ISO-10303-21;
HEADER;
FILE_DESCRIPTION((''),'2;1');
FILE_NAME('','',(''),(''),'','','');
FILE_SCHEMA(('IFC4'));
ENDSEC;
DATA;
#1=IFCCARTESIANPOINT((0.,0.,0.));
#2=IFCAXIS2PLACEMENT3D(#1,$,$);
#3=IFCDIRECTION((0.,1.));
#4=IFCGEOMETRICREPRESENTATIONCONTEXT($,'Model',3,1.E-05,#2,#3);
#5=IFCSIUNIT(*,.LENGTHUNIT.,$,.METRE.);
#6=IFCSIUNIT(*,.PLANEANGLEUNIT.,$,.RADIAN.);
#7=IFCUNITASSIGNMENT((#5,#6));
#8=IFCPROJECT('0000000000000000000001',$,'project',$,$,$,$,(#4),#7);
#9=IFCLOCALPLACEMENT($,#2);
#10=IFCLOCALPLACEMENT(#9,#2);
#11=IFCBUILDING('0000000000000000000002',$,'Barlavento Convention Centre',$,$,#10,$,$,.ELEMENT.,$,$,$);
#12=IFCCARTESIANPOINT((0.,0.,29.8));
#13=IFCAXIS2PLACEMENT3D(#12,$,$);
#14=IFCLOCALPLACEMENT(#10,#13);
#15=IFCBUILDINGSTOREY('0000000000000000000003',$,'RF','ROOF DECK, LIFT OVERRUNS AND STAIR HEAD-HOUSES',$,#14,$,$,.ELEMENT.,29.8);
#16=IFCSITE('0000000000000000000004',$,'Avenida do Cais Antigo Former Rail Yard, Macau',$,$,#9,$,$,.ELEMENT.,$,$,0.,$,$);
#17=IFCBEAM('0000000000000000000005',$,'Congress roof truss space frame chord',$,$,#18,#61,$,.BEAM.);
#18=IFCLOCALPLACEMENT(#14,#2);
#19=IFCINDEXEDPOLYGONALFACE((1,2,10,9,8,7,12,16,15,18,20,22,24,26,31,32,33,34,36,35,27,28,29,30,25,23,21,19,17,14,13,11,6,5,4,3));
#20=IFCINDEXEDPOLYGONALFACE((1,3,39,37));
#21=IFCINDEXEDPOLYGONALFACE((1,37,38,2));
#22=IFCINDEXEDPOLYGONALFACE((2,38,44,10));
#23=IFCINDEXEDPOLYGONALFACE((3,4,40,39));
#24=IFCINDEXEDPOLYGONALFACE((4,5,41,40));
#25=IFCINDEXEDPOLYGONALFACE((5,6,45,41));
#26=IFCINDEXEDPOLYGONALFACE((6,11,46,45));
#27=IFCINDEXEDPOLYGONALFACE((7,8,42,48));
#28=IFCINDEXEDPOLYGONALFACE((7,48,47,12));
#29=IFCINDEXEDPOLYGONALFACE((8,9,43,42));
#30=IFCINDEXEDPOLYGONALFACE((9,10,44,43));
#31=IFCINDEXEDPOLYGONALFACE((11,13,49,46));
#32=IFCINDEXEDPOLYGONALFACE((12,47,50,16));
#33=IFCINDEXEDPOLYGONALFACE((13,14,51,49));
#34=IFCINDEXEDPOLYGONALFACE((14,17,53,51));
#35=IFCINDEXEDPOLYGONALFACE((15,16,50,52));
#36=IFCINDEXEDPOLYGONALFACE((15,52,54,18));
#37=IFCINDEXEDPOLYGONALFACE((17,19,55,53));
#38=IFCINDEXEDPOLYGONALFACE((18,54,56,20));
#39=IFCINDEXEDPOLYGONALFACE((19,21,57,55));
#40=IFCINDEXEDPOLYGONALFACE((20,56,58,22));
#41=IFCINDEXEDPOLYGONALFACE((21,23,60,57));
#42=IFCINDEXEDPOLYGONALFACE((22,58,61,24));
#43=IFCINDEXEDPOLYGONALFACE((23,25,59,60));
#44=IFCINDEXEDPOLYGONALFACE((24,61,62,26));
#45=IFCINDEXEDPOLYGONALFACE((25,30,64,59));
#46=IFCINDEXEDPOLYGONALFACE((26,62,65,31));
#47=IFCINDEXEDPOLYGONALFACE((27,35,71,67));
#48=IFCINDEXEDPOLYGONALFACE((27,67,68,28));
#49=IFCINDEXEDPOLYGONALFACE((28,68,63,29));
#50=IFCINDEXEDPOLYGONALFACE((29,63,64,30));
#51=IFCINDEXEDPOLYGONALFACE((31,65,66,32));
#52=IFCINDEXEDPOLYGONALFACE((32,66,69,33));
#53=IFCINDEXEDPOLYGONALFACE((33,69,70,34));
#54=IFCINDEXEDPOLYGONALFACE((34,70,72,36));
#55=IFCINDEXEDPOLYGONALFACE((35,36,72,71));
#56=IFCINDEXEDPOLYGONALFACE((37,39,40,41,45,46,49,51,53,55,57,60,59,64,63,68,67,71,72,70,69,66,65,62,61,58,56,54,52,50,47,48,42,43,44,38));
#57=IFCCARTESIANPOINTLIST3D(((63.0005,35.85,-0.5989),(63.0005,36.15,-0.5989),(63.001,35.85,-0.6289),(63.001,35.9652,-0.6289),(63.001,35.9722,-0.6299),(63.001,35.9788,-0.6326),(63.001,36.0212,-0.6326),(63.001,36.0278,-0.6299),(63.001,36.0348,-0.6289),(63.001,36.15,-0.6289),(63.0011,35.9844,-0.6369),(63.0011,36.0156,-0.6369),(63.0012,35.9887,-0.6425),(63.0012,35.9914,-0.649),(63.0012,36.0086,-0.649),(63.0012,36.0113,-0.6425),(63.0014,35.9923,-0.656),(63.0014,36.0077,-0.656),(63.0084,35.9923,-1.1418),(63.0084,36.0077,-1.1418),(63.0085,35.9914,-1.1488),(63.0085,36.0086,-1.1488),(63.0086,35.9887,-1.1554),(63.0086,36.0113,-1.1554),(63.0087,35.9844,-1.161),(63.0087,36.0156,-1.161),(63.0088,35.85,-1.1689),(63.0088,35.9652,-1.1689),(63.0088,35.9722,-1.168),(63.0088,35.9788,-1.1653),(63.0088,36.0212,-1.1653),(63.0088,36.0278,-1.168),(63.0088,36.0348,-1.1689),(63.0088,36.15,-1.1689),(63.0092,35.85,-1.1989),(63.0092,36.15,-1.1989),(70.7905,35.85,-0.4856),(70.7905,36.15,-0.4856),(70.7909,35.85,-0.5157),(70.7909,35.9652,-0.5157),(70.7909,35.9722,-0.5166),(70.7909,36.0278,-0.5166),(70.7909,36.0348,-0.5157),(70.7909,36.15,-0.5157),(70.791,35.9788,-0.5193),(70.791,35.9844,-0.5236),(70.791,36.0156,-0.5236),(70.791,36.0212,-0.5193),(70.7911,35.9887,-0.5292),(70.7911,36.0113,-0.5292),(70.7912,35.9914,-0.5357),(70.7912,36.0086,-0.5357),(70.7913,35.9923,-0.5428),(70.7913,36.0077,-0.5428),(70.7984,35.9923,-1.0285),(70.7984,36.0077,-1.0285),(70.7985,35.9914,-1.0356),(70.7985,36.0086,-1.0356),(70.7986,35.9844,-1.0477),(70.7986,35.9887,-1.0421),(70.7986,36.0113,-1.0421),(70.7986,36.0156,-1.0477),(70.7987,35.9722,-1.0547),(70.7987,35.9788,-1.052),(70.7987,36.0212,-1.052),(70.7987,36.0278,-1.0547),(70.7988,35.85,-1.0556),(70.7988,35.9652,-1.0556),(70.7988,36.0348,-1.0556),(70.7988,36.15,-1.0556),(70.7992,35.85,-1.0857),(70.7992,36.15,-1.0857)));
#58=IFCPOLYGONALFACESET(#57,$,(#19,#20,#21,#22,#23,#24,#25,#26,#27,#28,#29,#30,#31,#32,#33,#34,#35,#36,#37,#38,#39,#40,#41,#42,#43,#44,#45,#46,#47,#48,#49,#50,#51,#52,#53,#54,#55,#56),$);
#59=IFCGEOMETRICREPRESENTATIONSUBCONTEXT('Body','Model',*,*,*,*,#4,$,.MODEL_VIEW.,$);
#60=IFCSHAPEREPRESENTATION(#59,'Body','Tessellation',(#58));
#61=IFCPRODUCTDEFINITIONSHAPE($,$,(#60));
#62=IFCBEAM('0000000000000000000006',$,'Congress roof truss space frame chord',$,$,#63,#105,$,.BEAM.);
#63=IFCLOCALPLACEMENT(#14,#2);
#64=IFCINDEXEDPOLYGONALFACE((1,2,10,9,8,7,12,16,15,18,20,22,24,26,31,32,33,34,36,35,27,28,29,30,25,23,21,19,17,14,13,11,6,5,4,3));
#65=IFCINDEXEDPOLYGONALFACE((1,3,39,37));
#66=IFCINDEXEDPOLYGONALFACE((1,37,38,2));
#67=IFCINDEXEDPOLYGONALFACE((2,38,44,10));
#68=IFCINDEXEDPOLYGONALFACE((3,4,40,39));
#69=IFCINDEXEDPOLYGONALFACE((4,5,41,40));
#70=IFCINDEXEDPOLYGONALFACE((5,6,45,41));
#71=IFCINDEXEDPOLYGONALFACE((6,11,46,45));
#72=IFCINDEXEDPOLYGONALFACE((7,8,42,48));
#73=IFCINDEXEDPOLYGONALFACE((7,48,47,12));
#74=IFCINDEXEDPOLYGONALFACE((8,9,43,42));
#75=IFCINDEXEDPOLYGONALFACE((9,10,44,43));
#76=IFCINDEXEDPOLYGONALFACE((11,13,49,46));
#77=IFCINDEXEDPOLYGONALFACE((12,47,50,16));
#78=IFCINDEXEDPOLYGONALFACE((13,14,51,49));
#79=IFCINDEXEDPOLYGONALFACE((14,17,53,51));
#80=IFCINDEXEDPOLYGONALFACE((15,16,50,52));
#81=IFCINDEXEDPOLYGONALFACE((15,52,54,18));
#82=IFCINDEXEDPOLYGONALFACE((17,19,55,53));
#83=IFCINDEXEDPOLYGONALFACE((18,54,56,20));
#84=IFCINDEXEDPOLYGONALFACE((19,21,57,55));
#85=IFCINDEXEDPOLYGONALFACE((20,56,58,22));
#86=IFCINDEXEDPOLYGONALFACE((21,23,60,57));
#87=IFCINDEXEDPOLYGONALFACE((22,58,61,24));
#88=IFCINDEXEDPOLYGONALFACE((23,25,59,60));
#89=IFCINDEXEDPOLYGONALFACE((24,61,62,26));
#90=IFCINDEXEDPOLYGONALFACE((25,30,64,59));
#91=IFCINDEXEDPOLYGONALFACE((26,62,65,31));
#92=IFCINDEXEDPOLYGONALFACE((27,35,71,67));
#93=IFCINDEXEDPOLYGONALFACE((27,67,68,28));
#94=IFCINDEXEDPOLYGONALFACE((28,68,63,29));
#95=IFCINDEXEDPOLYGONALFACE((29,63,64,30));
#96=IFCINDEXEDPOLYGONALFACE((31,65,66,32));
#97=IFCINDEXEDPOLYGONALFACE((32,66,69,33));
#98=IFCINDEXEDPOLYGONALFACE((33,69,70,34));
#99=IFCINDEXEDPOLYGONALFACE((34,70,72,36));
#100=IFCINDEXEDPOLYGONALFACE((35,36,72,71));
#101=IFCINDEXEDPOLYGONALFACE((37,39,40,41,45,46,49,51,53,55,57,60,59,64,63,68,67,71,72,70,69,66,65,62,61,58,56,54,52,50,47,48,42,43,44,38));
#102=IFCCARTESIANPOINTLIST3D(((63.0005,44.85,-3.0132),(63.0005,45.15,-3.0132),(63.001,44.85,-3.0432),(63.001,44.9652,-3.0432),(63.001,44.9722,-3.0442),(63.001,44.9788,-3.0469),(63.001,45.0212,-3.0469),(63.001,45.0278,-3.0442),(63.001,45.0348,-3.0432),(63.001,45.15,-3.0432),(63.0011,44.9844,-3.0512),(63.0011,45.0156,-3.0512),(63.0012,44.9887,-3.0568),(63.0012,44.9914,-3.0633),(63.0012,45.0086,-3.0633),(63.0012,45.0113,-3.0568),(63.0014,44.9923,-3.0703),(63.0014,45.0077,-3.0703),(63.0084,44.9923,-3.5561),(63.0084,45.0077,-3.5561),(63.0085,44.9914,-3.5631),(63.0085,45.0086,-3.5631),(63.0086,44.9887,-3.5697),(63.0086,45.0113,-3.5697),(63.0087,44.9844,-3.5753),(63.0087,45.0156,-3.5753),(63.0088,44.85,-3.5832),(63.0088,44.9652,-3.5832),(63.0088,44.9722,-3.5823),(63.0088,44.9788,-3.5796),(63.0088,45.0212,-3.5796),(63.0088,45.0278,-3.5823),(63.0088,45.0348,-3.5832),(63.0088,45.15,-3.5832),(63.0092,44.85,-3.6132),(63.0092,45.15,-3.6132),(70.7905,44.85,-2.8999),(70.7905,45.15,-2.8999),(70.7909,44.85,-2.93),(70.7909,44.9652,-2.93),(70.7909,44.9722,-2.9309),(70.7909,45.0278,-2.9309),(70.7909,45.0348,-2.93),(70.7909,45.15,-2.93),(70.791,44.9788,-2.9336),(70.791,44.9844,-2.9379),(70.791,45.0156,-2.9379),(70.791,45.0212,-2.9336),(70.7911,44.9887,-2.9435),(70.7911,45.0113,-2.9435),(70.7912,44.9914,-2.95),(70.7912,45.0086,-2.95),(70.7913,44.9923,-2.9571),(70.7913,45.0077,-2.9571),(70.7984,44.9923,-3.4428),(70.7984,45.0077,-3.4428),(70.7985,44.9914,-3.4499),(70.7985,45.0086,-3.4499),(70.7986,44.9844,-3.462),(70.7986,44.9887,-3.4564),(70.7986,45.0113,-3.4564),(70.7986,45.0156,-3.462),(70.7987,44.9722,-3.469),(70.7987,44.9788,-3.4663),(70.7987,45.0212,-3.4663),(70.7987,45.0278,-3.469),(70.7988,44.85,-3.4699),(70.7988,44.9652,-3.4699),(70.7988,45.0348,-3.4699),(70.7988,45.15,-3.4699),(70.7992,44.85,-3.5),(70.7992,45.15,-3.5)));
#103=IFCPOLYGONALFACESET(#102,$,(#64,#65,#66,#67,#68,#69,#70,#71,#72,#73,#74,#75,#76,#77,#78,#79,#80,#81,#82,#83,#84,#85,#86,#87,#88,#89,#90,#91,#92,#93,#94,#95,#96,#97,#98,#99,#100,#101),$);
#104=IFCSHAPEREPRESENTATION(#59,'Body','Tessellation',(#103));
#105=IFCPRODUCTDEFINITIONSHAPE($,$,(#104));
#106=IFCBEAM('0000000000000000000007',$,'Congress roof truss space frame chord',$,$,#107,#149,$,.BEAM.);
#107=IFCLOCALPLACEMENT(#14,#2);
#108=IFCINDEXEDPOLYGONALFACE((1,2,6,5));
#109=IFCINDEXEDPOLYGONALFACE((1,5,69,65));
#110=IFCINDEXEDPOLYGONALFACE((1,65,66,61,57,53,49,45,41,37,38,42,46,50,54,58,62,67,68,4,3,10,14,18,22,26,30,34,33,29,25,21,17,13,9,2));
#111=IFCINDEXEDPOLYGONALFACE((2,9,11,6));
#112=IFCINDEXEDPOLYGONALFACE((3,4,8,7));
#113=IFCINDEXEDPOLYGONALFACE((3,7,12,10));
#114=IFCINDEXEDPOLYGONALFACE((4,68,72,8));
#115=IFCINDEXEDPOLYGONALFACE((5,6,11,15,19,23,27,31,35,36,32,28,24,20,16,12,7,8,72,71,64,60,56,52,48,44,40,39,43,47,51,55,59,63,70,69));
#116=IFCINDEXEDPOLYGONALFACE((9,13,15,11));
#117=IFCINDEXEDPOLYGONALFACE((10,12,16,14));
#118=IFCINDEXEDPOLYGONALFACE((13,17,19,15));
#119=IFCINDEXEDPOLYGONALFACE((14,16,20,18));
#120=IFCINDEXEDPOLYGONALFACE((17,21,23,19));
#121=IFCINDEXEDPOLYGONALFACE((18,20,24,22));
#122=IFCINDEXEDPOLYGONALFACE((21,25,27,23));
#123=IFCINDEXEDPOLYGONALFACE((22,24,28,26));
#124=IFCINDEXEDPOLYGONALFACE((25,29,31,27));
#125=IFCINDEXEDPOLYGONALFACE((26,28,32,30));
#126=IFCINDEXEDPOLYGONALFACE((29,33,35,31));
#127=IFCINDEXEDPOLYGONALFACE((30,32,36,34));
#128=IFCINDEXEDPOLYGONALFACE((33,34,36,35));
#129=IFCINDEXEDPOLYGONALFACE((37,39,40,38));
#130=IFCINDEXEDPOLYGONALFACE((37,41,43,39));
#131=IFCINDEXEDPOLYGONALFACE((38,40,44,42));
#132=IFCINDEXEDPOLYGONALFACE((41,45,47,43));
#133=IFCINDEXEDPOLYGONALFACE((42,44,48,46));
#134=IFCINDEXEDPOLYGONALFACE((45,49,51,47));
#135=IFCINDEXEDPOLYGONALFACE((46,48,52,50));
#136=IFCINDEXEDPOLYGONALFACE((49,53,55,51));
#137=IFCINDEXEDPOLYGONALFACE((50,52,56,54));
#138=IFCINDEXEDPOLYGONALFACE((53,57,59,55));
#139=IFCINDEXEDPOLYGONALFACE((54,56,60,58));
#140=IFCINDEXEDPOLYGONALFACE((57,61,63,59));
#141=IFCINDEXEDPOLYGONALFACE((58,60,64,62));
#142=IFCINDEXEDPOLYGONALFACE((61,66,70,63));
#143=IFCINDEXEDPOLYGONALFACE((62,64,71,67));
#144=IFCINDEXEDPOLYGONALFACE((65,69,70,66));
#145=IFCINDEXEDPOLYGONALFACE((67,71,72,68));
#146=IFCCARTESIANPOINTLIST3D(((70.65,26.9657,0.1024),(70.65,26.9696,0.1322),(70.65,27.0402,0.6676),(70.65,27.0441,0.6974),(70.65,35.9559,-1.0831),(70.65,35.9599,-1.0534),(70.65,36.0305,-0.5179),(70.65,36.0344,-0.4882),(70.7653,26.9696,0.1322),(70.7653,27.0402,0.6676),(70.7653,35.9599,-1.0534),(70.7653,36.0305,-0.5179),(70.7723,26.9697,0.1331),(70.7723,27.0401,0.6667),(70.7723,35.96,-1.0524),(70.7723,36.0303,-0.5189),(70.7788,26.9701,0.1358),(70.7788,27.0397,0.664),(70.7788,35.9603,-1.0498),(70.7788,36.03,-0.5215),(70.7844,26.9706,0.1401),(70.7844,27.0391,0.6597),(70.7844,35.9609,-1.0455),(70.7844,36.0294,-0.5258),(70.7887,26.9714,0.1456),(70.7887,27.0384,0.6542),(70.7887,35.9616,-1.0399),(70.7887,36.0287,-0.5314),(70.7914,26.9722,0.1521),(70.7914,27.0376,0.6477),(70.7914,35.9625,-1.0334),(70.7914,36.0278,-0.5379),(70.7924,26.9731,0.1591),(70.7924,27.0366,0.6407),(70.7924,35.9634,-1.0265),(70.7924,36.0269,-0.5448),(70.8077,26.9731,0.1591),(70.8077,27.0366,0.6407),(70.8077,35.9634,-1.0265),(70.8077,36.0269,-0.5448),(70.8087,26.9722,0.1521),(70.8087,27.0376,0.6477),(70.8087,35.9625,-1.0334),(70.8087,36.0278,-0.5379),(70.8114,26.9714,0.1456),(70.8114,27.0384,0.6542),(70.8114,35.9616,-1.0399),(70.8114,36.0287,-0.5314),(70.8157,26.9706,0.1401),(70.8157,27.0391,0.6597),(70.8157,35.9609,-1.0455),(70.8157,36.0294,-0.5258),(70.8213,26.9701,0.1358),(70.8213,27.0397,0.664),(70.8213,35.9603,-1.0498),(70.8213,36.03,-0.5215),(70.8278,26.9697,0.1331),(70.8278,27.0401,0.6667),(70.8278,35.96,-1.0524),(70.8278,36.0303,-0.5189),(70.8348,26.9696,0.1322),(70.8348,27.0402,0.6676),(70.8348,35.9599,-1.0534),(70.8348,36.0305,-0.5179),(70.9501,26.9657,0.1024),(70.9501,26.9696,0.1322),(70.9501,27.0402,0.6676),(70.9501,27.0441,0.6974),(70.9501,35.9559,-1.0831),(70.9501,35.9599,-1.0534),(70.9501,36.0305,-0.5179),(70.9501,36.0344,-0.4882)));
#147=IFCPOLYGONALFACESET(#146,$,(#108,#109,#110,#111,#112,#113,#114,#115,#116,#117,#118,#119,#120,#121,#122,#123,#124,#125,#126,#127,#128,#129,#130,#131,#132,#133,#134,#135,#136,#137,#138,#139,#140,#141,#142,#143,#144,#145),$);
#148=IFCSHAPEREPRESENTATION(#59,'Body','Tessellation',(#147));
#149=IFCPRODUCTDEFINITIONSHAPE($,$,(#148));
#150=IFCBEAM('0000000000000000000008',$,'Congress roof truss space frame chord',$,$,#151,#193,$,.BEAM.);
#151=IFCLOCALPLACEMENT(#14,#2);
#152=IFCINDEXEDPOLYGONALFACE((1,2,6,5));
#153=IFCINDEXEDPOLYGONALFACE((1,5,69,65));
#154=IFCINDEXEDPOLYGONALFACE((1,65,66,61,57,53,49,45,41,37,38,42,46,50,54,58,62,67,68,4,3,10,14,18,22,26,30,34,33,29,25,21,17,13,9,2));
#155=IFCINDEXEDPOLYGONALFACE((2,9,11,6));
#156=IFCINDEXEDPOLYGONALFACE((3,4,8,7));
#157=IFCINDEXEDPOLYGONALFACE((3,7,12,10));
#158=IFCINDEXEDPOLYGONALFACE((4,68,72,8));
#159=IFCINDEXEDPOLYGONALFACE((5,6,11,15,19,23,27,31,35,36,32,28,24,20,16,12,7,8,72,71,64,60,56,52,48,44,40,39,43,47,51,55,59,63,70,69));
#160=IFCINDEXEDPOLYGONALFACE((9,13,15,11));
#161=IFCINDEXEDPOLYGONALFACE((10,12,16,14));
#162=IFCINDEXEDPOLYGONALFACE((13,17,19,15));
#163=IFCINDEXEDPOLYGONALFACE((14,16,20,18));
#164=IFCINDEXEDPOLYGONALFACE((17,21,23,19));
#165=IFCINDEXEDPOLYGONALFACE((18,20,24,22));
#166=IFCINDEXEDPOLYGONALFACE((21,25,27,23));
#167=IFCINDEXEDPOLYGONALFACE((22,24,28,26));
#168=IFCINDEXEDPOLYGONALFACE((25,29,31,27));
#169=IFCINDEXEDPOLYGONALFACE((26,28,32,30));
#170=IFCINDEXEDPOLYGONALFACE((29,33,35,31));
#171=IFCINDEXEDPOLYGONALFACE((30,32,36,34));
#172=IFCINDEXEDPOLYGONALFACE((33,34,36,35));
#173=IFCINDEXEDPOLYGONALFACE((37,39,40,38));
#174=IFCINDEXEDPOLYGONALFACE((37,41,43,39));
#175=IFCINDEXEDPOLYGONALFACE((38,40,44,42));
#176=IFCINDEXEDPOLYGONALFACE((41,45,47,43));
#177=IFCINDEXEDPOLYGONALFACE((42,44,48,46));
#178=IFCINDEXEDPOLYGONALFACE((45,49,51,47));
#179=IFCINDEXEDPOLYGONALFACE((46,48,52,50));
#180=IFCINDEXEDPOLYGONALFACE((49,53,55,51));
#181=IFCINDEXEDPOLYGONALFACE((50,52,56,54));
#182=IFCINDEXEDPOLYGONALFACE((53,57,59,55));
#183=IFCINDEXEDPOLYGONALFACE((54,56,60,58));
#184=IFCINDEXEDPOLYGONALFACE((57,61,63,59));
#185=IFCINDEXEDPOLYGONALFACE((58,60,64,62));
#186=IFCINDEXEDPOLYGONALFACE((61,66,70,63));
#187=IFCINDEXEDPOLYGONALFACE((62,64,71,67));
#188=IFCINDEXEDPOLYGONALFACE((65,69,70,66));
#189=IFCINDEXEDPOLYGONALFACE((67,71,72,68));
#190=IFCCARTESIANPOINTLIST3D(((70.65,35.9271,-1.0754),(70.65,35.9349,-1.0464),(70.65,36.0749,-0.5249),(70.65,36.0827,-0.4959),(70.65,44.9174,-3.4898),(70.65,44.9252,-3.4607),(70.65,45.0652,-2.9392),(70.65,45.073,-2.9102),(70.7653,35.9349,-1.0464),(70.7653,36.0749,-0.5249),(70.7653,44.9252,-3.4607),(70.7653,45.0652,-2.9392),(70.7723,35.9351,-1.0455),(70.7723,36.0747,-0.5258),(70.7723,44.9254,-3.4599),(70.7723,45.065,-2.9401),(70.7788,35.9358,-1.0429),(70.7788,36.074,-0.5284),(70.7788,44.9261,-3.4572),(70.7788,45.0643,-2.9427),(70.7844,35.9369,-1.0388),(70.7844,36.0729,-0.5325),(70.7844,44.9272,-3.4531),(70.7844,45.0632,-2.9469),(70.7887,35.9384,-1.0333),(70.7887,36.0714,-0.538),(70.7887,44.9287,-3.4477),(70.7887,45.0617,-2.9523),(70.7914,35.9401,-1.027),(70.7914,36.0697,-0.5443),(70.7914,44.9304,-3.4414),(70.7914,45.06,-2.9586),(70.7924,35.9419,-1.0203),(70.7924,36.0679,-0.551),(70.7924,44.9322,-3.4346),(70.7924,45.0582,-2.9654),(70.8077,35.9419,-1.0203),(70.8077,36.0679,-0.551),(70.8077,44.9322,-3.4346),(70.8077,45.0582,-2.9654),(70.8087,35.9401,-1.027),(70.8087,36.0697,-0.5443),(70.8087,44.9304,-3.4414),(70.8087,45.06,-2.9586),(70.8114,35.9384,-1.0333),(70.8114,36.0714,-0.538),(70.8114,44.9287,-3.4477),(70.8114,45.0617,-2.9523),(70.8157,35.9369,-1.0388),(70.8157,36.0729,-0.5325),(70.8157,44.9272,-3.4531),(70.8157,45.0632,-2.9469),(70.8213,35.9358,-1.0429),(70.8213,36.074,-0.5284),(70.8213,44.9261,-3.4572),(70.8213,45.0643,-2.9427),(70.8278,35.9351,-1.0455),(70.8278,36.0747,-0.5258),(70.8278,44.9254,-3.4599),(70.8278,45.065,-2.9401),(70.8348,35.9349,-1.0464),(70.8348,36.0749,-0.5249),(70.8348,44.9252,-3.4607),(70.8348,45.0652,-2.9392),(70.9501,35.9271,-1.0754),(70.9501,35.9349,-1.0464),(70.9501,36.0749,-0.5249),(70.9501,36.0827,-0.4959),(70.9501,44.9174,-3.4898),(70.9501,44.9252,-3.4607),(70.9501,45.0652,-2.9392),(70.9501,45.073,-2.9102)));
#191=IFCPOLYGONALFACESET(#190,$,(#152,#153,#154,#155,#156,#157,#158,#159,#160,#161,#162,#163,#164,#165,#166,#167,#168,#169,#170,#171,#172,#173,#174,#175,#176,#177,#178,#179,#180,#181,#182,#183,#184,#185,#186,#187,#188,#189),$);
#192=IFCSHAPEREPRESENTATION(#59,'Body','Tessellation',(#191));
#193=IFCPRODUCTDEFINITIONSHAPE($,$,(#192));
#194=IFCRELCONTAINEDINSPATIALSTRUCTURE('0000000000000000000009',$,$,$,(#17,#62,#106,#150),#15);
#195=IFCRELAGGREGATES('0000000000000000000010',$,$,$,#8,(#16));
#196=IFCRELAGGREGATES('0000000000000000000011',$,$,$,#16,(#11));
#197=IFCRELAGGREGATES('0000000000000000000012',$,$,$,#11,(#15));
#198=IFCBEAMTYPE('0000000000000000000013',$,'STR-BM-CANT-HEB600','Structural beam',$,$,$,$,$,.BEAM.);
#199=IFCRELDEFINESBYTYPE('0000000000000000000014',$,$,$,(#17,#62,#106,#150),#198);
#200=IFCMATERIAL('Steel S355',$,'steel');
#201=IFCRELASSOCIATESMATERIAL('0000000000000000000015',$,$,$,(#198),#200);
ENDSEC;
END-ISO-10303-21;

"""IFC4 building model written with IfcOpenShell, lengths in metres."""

from ifc_helpers import new_model, si_unit, direction, frame, origin, origin_2d, place, context, subcontext, project, spatial, i_section, extrude, material, material_profile, profile_set, type_object, element, save


model = new_model("IFC4")

# Units and contexts
model_context = context("Model", 3, precision=1e-05, world=origin(), true_north=direction((0.0, 1.0)))
body_context = subcontext(model_context, "Body", "Model", "MODEL_VIEW")
ifc_project = project(units=[si_unit("LENGTHUNIT", "METRE"), si_unit("PLANEANGLEUNIT", "RADIAN")], contexts=[model_context])

# Site, building, storey
site_placement = place(None, origin())
site = spatial("IfcSite", under=ifc_project, at=site_placement, Name="Avenida do Cais Antigo Former Rail Yard, Macau", CompositionType="ELEMENT", RefElevation=0.0)
building_placement = place(site_placement, origin())
building = spatial("IfcBuilding", under=site, at=building_placement, Name="Barlavento Convention Centre", CompositionType="ELEMENT")
storey_placement = place(building_placement, frame((0.0, 0.0, 29.8)))
storey = spatial("IfcBuildingStorey", under=building, at=storey_placement, Name="RF", Description="ROOF DECK, LIFT OVERRUNS AND STAIR HEAD-HOUSES", CompositionType="ELEMENT", Elevation=29.8)

# Beams
ifc_material_1 = material(Name="Steel S355", Category="steel")
ifc_material_profile_1 = material_profile(ifc_material_1, i_section(OverallWidth=0.3, OverallDepth=0.6001, WebThickness=0.0154, FlangeThickness=0.03, FilletRadius=0.0271, at=origin_2d()), Name="HEB 600")
ifc_profile_set_1 = profile_set([ifc_material_profile_1], Name="Steel S355")
beam_type = type_object("IfcBeamType", Name="STR-BM-CANT-HEB600", Description="Structural beam", PredefinedType="BEAM", material=ifc_profile_set_1)
for number, where, z_axis, x_axis, name in (
    (1, (63.0049, 36.0, -0.8989), (0.999894, 0.0, 0.01454), (0.0, 1.0, 0.0), "Congress roof truss space frame chord"),
    (2, (63.0049, 45.0, -3.3132), (0.999894, 0.0, 0.01454), (0.0, 1.0, 0.0), "Congress roof truss space frame chord"),
):
    element("IfcBeam", number, at=place(storey_placement, frame(where, z_axis=z_axis, x_axis=x_axis)), inside=storey, type_object=beam_type, Name=name, PredefinedType="BEAM", context=body_context, shape_type="SweptSolid", body=[
        extrude(i_section(OverallWidth=0.3, OverallDepth=0.6001, WebThickness=0.0154, FlangeThickness=0.03, FilletRadius=0.0271, at=origin_2d()), origin(), (0.0, 0.0, 1.0), 7.7908),
    ])
beam_1_placement = place(storey_placement, frame((70.8, 27.0049, 0.3999), z_axis=(0.0, 0.991417, -0.130739), x_axis=(-1.0, 0.0, 0.0)))
element("IfcBeam", 3, at=beam_1_placement, inside=storey, type_object=beam_type, Name="Congress roof truss space frame chord", PredefinedType="BEAM", context=body_context, shape_type="SweptSolid", body=[
    extrude(i_section(OverallWidth=0.3, OverallDepth=0.6001, WebThickness=0.0154, FlangeThickness=0.03, FilletRadius=0.0271, at=origin_2d()), origin(), (0.0, 0.0, 1.0), 9.0681),
])
beam_2_placement = place(storey_placement, frame((70.8, 36.0049, -0.7856), z_axis=(0.0, 0.965781, -0.259358), x_axis=(-1.0, 0.0, 0.0)))
element("IfcBeam", 4, at=beam_2_placement, inside=storey, type_object=beam_type, Name="Congress roof truss space frame chord", PredefinedType="BEAM", context=body_context, shape_type="SweptSolid", body=[
    extrude(i_section(OverallWidth=0.3, OverallDepth=0.6001, WebThickness=0.0154, FlangeThickness=0.03, FilletRadius=0.0271, at=origin_2d()), origin(), (0.0, 0.0, 1.0), 9.3088),
])

save(model, "model.ifc")
